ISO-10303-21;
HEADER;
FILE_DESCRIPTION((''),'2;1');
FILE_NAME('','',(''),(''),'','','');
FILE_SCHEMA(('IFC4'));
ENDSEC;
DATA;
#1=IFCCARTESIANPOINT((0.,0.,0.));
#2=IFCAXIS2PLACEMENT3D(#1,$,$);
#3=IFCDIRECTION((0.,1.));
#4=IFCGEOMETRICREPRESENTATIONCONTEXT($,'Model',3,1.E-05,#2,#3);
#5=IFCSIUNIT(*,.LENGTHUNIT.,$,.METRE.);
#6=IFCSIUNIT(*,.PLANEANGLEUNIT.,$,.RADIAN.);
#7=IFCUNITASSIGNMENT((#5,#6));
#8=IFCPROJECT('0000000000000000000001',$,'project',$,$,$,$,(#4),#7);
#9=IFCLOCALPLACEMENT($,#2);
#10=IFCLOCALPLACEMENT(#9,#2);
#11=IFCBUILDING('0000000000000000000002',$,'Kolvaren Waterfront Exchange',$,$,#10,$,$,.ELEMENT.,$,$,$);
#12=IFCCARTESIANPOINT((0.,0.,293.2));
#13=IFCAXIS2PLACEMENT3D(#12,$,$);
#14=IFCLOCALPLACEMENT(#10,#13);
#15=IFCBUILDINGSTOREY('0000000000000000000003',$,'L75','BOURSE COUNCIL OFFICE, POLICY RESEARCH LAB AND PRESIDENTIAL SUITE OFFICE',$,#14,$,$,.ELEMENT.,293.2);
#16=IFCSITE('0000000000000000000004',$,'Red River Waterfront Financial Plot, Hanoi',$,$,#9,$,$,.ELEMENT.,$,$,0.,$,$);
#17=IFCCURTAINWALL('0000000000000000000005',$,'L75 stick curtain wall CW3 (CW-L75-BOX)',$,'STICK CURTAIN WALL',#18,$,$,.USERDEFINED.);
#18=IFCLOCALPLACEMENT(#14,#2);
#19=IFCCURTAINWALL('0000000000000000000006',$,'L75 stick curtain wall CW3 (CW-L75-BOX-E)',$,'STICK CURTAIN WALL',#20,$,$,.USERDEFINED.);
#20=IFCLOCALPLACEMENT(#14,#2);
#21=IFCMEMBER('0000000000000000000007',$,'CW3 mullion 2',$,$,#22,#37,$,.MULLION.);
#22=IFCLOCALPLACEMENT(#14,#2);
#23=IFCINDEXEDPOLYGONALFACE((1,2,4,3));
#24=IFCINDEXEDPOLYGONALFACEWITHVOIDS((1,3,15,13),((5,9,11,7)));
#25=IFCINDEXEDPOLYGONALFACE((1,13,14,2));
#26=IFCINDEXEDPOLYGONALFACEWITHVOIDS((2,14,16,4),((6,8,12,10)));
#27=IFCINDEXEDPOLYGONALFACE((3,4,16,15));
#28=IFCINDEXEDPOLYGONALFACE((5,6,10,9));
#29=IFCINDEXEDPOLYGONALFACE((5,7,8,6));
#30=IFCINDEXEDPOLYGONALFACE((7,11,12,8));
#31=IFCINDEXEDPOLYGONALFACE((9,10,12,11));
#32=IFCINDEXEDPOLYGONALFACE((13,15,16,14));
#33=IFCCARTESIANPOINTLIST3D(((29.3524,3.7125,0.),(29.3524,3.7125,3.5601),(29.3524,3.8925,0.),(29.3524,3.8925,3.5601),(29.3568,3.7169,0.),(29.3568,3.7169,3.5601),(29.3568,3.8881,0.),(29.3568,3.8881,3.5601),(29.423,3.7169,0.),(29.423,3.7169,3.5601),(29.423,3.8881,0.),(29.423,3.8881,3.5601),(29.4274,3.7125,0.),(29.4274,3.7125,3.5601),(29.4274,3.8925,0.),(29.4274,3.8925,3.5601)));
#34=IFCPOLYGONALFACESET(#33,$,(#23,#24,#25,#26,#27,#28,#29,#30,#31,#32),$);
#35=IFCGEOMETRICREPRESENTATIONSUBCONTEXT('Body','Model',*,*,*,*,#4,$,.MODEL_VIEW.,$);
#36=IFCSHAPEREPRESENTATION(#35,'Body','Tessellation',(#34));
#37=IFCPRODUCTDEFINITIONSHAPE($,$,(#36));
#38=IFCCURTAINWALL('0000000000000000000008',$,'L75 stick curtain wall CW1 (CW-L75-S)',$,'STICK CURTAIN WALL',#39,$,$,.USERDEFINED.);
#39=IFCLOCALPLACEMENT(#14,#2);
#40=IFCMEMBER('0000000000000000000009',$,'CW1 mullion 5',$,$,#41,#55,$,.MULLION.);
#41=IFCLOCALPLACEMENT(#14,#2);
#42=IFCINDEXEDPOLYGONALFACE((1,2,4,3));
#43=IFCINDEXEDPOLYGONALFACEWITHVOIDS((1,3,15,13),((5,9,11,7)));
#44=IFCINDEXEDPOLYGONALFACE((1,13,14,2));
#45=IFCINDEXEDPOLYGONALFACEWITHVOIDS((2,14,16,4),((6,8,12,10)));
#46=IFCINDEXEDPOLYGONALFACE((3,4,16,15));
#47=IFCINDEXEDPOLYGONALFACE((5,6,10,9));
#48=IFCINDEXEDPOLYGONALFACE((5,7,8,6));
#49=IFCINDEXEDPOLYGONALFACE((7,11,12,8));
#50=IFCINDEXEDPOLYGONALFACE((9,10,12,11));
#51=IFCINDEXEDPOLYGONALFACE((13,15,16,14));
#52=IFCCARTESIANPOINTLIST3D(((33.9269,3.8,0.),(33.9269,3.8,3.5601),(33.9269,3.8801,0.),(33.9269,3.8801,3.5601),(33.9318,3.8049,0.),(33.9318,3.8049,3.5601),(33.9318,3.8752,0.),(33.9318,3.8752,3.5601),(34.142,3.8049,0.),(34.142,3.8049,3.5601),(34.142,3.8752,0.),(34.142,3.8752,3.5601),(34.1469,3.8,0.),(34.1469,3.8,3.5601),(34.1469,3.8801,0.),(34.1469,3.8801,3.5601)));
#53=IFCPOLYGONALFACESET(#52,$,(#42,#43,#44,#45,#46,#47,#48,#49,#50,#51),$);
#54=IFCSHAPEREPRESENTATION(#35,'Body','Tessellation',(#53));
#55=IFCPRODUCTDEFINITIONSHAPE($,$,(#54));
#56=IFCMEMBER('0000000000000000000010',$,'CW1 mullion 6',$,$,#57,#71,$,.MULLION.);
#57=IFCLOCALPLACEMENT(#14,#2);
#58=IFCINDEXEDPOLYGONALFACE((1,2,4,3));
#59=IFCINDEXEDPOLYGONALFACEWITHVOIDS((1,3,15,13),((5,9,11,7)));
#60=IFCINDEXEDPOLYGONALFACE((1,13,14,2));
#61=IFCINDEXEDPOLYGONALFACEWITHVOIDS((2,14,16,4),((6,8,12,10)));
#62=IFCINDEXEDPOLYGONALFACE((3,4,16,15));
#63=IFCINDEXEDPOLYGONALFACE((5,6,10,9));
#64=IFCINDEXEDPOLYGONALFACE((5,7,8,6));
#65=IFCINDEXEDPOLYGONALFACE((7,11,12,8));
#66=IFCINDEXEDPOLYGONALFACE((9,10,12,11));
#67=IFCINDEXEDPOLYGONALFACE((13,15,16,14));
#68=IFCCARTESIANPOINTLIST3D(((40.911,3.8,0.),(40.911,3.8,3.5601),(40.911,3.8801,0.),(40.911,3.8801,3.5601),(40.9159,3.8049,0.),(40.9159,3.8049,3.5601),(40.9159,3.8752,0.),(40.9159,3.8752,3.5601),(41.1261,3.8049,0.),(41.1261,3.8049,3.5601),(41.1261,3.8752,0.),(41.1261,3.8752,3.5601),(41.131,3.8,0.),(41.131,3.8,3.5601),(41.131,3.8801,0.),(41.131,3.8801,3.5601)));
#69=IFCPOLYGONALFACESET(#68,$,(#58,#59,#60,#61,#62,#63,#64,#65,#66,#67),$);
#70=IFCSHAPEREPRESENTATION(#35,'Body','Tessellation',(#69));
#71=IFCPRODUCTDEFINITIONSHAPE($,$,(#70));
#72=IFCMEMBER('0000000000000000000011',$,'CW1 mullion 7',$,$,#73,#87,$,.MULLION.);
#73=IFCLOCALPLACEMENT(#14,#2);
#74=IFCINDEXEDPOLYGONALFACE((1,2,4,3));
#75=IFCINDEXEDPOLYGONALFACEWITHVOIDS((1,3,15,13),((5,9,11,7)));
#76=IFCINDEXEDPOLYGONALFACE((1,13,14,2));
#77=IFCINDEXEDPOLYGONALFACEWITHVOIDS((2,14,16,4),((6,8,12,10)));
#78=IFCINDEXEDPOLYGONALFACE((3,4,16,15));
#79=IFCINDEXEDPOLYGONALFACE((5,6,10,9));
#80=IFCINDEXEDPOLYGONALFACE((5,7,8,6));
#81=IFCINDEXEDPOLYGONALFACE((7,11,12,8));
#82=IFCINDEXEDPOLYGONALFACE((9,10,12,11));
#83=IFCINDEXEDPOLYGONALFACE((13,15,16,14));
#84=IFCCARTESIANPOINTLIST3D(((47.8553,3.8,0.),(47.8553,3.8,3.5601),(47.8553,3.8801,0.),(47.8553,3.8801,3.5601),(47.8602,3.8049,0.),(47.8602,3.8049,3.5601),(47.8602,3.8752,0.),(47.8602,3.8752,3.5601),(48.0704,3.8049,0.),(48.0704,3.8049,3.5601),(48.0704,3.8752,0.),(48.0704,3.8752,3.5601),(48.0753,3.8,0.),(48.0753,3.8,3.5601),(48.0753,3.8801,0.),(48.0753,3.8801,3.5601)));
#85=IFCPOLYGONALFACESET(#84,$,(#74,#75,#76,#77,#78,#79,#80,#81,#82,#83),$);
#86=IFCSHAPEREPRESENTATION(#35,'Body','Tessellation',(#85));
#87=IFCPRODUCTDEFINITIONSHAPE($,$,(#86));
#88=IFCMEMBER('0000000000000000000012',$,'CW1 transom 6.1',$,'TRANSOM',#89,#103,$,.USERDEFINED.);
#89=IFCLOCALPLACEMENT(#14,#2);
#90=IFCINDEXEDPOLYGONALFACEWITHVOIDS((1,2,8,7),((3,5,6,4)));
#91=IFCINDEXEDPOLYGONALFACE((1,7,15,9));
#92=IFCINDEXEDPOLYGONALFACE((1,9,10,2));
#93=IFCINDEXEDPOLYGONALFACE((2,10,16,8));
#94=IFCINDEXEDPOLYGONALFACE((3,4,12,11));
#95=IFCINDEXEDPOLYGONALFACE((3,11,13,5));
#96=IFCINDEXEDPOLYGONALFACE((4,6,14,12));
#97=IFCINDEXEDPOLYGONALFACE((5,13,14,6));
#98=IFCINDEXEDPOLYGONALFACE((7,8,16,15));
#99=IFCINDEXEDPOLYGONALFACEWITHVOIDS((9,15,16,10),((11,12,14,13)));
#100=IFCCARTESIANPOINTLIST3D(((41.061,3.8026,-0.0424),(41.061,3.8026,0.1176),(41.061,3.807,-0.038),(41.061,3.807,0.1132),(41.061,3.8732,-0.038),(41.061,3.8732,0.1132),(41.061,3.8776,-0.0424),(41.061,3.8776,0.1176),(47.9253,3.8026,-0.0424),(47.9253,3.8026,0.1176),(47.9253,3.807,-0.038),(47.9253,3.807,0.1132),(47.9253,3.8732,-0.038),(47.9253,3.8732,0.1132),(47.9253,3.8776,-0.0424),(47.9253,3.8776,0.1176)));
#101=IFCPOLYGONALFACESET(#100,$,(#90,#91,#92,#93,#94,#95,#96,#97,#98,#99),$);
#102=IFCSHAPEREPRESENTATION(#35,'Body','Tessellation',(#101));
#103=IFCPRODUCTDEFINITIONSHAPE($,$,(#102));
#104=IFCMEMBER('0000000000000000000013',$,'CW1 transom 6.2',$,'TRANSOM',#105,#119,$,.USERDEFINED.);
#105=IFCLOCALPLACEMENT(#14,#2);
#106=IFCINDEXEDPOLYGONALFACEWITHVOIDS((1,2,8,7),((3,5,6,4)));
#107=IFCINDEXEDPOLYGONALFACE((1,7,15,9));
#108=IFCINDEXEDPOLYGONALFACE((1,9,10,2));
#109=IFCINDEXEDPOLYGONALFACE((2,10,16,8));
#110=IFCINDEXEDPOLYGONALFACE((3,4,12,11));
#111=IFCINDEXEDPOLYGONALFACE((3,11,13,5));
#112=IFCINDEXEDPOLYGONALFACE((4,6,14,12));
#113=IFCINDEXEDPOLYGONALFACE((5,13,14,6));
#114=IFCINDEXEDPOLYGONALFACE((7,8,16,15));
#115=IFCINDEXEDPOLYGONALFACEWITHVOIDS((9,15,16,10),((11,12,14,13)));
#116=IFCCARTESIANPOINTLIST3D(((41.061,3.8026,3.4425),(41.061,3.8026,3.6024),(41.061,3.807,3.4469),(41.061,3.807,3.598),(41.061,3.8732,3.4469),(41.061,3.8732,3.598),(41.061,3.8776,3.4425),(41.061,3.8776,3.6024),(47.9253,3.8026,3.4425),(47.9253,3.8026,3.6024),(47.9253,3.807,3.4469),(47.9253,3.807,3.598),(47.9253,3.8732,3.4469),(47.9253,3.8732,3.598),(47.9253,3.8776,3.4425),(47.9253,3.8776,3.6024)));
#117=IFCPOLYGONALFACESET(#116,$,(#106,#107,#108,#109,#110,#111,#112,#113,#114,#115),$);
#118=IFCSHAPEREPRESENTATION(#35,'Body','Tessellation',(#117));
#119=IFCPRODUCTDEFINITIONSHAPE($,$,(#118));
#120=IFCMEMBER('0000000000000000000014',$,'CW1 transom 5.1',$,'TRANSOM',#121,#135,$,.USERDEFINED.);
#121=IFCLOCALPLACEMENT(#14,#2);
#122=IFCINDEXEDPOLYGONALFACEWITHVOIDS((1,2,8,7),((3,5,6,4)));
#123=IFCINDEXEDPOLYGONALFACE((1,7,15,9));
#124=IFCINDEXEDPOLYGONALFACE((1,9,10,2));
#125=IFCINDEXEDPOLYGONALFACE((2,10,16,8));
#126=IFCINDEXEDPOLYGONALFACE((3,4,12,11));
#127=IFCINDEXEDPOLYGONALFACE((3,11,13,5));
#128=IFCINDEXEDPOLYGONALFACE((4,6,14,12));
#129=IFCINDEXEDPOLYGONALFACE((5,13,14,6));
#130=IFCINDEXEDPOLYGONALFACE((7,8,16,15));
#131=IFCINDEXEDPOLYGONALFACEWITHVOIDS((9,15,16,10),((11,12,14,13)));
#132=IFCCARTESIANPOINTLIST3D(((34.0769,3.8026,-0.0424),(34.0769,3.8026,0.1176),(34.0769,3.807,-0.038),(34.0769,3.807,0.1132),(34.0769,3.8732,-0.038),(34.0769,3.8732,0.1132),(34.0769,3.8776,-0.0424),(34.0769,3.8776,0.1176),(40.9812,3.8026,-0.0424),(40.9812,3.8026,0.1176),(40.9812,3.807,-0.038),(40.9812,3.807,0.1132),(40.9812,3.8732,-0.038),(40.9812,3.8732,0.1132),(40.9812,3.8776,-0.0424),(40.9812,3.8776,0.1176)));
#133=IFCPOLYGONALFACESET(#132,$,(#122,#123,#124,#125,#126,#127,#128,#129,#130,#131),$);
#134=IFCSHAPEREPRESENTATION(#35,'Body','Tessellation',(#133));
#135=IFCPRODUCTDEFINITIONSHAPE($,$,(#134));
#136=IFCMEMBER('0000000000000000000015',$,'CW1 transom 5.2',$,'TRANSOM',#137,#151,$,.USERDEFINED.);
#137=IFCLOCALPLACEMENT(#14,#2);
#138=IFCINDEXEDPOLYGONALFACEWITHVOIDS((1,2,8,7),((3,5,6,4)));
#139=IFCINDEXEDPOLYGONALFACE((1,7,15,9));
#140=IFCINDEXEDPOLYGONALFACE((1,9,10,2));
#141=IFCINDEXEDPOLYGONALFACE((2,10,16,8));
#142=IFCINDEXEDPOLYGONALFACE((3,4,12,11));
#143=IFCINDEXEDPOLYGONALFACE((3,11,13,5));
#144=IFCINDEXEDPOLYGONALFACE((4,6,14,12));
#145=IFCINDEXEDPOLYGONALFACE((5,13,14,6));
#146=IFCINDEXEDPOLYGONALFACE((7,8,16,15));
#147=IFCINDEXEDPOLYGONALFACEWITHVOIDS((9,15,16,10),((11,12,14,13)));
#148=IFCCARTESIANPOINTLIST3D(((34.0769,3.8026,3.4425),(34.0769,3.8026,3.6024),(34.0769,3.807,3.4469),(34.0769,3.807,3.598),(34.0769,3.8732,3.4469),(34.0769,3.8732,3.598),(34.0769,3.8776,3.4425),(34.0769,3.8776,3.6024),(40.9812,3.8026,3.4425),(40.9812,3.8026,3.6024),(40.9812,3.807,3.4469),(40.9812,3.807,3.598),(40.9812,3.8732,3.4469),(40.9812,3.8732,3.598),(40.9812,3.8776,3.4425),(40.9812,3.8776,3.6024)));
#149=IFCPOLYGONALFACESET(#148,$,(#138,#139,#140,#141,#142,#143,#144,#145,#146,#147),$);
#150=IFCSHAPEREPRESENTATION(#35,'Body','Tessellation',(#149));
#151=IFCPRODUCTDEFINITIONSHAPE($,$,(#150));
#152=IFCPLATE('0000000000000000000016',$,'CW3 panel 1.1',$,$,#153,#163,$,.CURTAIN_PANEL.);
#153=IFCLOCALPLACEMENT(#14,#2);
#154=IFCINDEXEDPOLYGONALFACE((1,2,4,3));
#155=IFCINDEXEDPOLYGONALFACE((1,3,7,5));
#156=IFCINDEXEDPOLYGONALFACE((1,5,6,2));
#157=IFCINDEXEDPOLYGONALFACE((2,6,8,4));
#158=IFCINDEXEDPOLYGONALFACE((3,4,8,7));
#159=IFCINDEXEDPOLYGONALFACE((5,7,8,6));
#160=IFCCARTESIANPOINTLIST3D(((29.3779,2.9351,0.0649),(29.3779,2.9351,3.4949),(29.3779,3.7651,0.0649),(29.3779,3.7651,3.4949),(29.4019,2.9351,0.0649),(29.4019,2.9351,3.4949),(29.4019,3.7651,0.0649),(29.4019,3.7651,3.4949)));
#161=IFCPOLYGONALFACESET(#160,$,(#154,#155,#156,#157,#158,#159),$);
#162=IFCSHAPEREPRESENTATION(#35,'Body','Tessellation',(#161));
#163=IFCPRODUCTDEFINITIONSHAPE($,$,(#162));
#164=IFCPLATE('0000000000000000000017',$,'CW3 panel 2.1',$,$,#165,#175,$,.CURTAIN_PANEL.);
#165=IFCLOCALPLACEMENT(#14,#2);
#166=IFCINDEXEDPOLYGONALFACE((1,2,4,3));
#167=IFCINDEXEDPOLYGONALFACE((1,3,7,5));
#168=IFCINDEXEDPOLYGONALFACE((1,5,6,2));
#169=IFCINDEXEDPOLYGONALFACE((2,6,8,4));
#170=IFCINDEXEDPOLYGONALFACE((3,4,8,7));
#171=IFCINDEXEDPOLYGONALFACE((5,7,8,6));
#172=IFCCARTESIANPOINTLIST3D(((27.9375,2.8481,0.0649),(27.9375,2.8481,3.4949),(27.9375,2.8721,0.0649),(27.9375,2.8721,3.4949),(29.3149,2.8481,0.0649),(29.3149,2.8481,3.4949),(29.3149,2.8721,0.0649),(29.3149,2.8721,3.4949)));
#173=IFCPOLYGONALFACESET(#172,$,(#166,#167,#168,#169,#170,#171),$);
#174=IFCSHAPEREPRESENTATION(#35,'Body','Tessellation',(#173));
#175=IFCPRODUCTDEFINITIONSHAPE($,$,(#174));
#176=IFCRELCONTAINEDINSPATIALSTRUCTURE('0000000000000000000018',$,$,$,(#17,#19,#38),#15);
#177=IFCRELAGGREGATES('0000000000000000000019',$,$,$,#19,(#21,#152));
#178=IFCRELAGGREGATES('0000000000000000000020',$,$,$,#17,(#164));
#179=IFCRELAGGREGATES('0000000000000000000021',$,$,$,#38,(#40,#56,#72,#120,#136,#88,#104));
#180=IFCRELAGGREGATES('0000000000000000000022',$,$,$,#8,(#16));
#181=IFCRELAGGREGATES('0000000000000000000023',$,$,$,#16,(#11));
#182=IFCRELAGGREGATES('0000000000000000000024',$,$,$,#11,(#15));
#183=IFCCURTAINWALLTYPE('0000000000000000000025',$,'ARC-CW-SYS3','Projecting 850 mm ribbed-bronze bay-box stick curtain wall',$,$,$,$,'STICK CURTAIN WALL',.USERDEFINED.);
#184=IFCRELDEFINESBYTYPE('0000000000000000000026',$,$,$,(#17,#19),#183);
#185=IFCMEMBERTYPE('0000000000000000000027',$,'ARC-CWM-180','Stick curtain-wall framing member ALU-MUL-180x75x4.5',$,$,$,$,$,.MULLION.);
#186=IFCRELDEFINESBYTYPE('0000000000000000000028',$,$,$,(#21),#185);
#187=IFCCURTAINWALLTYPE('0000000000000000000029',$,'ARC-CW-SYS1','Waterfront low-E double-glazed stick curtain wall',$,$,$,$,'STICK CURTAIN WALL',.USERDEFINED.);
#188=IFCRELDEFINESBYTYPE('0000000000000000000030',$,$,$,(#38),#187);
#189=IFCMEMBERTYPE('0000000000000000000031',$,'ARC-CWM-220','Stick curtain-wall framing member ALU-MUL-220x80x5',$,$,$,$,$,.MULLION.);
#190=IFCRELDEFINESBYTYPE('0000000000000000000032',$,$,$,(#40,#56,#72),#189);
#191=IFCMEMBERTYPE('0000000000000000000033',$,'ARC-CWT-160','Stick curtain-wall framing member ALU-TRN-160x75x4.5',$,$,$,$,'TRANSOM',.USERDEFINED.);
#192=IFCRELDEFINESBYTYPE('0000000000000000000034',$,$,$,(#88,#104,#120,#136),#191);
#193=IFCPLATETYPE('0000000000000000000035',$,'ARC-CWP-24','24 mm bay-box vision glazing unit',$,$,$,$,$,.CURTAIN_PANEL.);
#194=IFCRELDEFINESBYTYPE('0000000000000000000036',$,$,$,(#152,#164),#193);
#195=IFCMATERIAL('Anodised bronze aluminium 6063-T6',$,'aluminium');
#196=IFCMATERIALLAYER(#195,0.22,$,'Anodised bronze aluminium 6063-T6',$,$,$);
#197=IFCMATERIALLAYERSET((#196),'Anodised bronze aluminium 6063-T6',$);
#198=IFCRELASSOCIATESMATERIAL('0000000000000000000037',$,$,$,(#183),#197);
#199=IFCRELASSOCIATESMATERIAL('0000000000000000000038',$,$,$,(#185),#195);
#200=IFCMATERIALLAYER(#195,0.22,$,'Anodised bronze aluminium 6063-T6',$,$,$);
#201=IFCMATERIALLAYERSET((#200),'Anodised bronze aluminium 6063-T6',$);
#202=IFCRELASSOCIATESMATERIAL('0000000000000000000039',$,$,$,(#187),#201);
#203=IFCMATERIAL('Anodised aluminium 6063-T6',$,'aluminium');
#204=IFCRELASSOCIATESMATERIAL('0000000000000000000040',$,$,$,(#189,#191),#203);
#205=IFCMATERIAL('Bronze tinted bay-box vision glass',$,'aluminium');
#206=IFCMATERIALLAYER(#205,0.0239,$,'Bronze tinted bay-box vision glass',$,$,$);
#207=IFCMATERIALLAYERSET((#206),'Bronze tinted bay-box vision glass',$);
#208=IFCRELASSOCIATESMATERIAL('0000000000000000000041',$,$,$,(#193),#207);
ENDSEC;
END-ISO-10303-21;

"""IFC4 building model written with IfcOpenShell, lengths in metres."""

from ifc_helpers import new_model, si_unit, direction, frame, origin, origin_with_axes, origin_2d, place, context, subcontext, project, spatial, rectangle, hollow_rectangle, extrude, source, transform, mapped, material, layer, layer_set, material_profile, profile_set, type_object, element, aggregate, save


model = new_model("IFC4")

# Units and contexts
model_context = context("Model", 3, precision=1e-05, world=origin(), true_north=direction((0.0, 1.0)))
body_context = subcontext(model_context, "Body", "Model", "MODEL_VIEW")
ifc_project = project(units=[si_unit("LENGTHUNIT", "METRE"), si_unit("PLANEANGLEUNIT", "RADIAN")], contexts=[model_context])

# Site, building, storey
site_placement = place(None, origin())
site = spatial("IfcSite", under=ifc_project, at=site_placement, Name="Red River Waterfront Financial Plot, Hanoi", CompositionType="ELEMENT", RefElevation=0.0)
building_placement = place(site_placement, origin())
building = spatial("IfcBuilding", under=site, at=building_placement, Name="Kolvaren Waterfront Exchange", CompositionType="ELEMENT")
storey_placement = place(building_placement, frame((0.0, 0.0, 293.2)))
storey = spatial("IfcBuildingStorey", under=building, at=storey_placement, Name="L75", Description="BOURSE COUNCIL OFFICE, POLICY RESEARCH LAB AND PRESIDENTIAL SUITE OFFICE", CompositionType="ELEMENT", Elevation=293.2)

# Curtain walls
ifc_material_1 = material(Name="Anodised bronze aluminium 6063-T6", Category="aluminium")
ifc_layer_1 = layer(ifc_material_1, 0.22, Name="Anodised bronze aluminium 6063-T6")
ifc_layer_set_1 = layer_set([ifc_layer_1], Name="Anodised bronze aluminium 6063-T6")
curtain_wall_type_1 = type_object("IfcCurtainWallType", Name="ARC-CW-SYS3", Description="Projecting 850 mm ribbed-bronze bay-box stick curtain wall", ElementType="STICK CURTAIN WALL", PredefinedType="USERDEFINED", material=ifc_layer_set_1)
curtain_wall_1_placement = place(storey_placement, origin())
curtain_wall_1 = element("IfcCurtainWall", 1, at=curtain_wall_1_placement, inside=storey, type_object=curtain_wall_type_1, Name="L75 stick curtain wall CW3 (CW-L75-BOX)", ObjectType="STICK CURTAIN WALL", PredefinedType="USERDEFINED")
curtain_wall_2_placement = place(storey_placement, origin())
curtain_wall_2 = element("IfcCurtainWall", 2, at=curtain_wall_2_placement, inside=storey, type_object=curtain_wall_type_1, Name="L75 stick curtain wall CW3 (CW-L75-BOX-E)", ObjectType="STICK CURTAIN WALL", PredefinedType="USERDEFINED")

# Member
ifc_material_profile_1 = material_profile(ifc_material_1, hollow_rectangle(XDim=0.075, YDim=0.1799, WallThickness=0.0044, at=origin_2d()), Name="ALU-MUL-180x75x4.5")
ifc_profile_set_1 = profile_set([ifc_material_profile_1], Name="Anodised bronze aluminium 6063-T6")
member_type_1 = type_object("IfcMemberType", Name="ARC-CWM-180", Description="Stick curtain-wall framing member ALU-MUL-180x75x4.5", PredefinedType="MULLION", material=ifc_profile_set_1)
shared_shape_1 = source(origin_with_axes(), body_context, "Body", "SweptSolid", [
    extrude(hollow_rectangle(XDim=0.075, YDim=0.1799, WallThickness=0.0044, at=origin_2d()), origin(), (0.0, 0.0, 1.0), 3.5601),
])
member_1_placement = place(storey_placement, frame((29.3899, 3.8025, 0.0), z_axis=(0.0, 0.0, 1.0), x_axis=(-1.0, 0.0, 0.0)))
member_1 = element("IfcMember", 3, at=member_1_placement, type_object=member_type_1, Name="CW3 mullion 2", PredefinedType="MULLION", context=body_context, shape_type="MappedRepresentation", body=[
    mapped(shared_shape_1, transform((0.0, 0.0, 0.0), x_axis=(1.0, 0.0, 0.0), y_axis=(0.0, 1.0, 0.0), z_axis=(0.0, 0.0, 1.0), scale=1.0)),
])

# Curtain wall, members
ifc_layer_2 = layer(ifc_material_1, 0.22, Name="Anodised bronze aluminium 6063-T6")
ifc_layer_set_2 = layer_set([ifc_layer_2], Name="Anodised bronze aluminium 6063-T6")
curtain_wall_type_2 = type_object("IfcCurtainWallType", Name="ARC-CW-SYS1", Description="Waterfront low-E double-glazed stick curtain wall", ElementType="STICK CURTAIN WALL", PredefinedType="USERDEFINED", material=ifc_layer_set_2)
curtain_wall_3_placement = place(storey_placement, origin())
curtain_wall_3 = element("IfcCurtainWall", 4, at=curtain_wall_3_placement, inside=storey, type_object=curtain_wall_type_2, Name="L75 stick curtain wall CW1 (CW-L75-S)", ObjectType="STICK CURTAIN WALL", PredefinedType="USERDEFINED")
ifc_material_2 = material(Name="Anodised aluminium 6063-T6", Category="aluminium")
ifc_material_profile_2 = material_profile(ifc_material_2, hollow_rectangle(XDim=0.0801, YDim=0.22, WallThickness=0.0049, at=origin_2d()), Name="ALU-MUL-220x80x5")
ifc_profile_set_2 = profile_set([ifc_material_profile_2], Name="Anodised aluminium 6063-T6")
member_type_2 = type_object("IfcMemberType", Name="ARC-CWM-220", Description="Stick curtain-wall framing member ALU-MUL-220x80x5", PredefinedType="MULLION", material=ifc_profile_set_2)
shared_shape_2 = source(origin_with_axes(), body_context, "Body", "SweptSolid", [
    extrude(hollow_rectangle(XDim=0.0801, YDim=0.22, WallThickness=0.0049, at=origin_2d()), origin(), (0.0, 0.0, 1.0), 3.5601),
])
member_2_placement = place(storey_placement, frame((34.0369, 3.8401, 0.0), z_axis=(0.0, 0.0, 1.0), x_axis=(0.0, 1.0, 0.0)))
member_2 = element("IfcMember", 5, at=member_2_placement, type_object=member_type_2, Name="CW1 mullion 5", PredefinedType="MULLION", context=body_context, shape_type="MappedRepresentation", body=[
    mapped(shared_shape_2, transform((0.0, 0.0, 0.0), x_axis=(1.0, 0.0, 0.0), y_axis=(0.0, 1.0, 0.0), z_axis=(0.0, 0.0, 1.0), scale=1.0)),
])
member_3_placement = place(storey_placement, frame((41.021, 3.8401, 0.0), z_axis=(0.0, 0.0, 1.0), x_axis=(0.0, 1.0, 0.0)))
member_3 = element("IfcMember", 6, at=member_3_placement, type_object=member_type_2, Name="CW1 mullion 6", PredefinedType="MULLION", context=body_context, shape_type="MappedRepresentation", body=[
    mapped(shared_shape_2, transform((0.0, 0.0, 0.0), x_axis=(1.0, 0.0, 0.0), y_axis=(0.0, 1.0, 0.0), z_axis=(0.0, 0.0, 1.0), scale=1.0)),
])
member_4_placement = place(storey_placement, frame((47.9653, 3.8401, 0.0), z_axis=(0.0, 0.0, 1.0), x_axis=(0.0, 1.0, 0.0)))
member_4 = element("IfcMember", 7, at=member_4_placement, type_object=member_type_2, Name="CW1 mullion 7", PredefinedType="MULLION", context=body_context, shape_type="MappedRepresentation", body=[
    mapped(shared_shape_2, transform((0.0, 0.0, 0.0), x_axis=(1.0, 0.0, 0.0), y_axis=(0.0, 1.0, 0.0), z_axis=(0.0, 0.0, 1.0), scale=1.0)),
])
ifc_material_profile_3 = material_profile(ifc_material_2, hollow_rectangle(XDim=0.075, YDim=0.1599, WallThickness=0.0044, at=origin_2d()), Name="ALU-TRN-160x75x4.5")
ifc_profile_set_3 = profile_set([ifc_material_profile_3], Name="Anodised aluminium 6063-T6")
member_type_3 = type_object("IfcMemberType", Name="ARC-CWT-160", Description="Stick curtain-wall framing member ALU-TRN-160x75x4.5", ElementType="TRANSOM", PredefinedType="USERDEFINED", material=ifc_profile_set_3)
shared_shape_3 = source(origin_with_axes(), body_context, "Body", "SweptSolid", [
    extrude(hollow_rectangle(XDim=0.075, YDim=0.1599, WallThickness=0.0044, at=origin_2d()), origin(), (0.0, 0.0, 1.0), 6.8643),
])
member_5_placement = place(storey_placement, frame((41.061, 3.8401, 0.0376), z_axis=(1.0, 0.0, 0.0), x_axis=(0.0, 1.0, 0.0)))
member_5 = element("IfcMember", 8, at=member_5_placement, type_object=member_type_3, Name="CW1 transom 6.1", ObjectType="TRANSOM", PredefinedType="USERDEFINED", context=body_context, shape_type="MappedRepresentation", body=[
    mapped(shared_shape_3, transform((0.0, 0.0, 0.0), x_axis=(1.0, 0.0, 0.0), y_axis=(0.0, 1.0, 0.0), z_axis=(0.0, 0.0, 1.0), scale=1.0)),
])
member_6_placement = place(storey_placement, frame((41.061, 3.8401, 3.5225), z_axis=(1.0, 0.0, 0.0), x_axis=(0.0, 1.0, 0.0)))
member_6 = element("IfcMember", 9, at=member_6_placement, type_object=member_type_3, Name="CW1 transom 6.2", ObjectType="TRANSOM", PredefinedType="USERDEFINED", context=body_context, shape_type="MappedRepresentation", body=[
    mapped(shared_shape_3, transform((0.0, 0.0, 0.0), x_axis=(1.0, 0.0, 0.0), y_axis=(0.0, 1.0, 0.0), z_axis=(0.0, 0.0, 1.0), scale=1.0)),
])
shared_shape_4 = source(origin_with_axes(), body_context, "Body", "SweptSolid", [
    extrude(hollow_rectangle(XDim=0.075, YDim=0.1599, WallThickness=0.0044, at=origin_2d()), origin(), (0.0, 0.0, 1.0), 6.9043),
])
member_7_placement = place(storey_placement, frame((34.0769, 3.8401, 0.0376), z_axis=(1.0, 0.0, 0.0), x_axis=(0.0, 1.0, 0.0)))
member_7 = element("IfcMember", 10, at=member_7_placement, type_object=member_type_3, Name="CW1 transom 5.1", ObjectType="TRANSOM", PredefinedType="USERDEFINED", context=body_context, shape_type="MappedRepresentation", body=[
    mapped(shared_shape_4, transform((0.0, 0.0, 0.0), x_axis=(1.0, 0.0, 0.0), y_axis=(0.0, 1.0, 0.0), z_axis=(0.0, 0.0, 1.0), scale=1.0)),
])
member_8_placement = place(storey_placement, frame((34.0769, 3.8401, 3.5225), z_axis=(1.0, 0.0, 0.0), x_axis=(0.0, 1.0, 0.0)))
member_8 = element("IfcMember", 11, at=member_8_placement, type_object=member_type_3, Name="CW1 transom 5.2", ObjectType="TRANSOM", PredefinedType="USERDEFINED", context=body_context, shape_type="MappedRepresentation", body=[
    mapped(shared_shape_4, transform((0.0, 0.0, 0.0), x_axis=(1.0, 0.0, 0.0), y_axis=(0.0, 1.0, 0.0), z_axis=(0.0, 0.0, 1.0), scale=1.0)),
])

# Plates
ifc_material_3 = material(Name="Bronze tinted bay-box vision glass", Category="aluminium")
ifc_layer_3 = layer(ifc_material_3, 0.0239, Name="Bronze tinted bay-box vision glass")
ifc_layer_set_3 = layer_set([ifc_layer_3], Name="Bronze tinted bay-box vision glass")
plate_type_1 = type_object("IfcPlateType", Name="ARC-CWP-24", Description="24 mm bay-box vision glazing unit", PredefinedType="CURTAIN_PANEL", material=ifc_layer_set_3)
shared_shape_5 = source(origin_with_axes(), body_context, "Body", "SweptSolid", [
    extrude(rectangle(XDim=0.8301, YDim=0.0239, at=origin_2d()), origin(), (0.0, 0.0, 1.0), 3.4299),
])
plate_1_placement = place(storey_placement, frame((29.3899, 3.3501, 0.0649), z_axis=(0.0, 0.0, 1.0), x_axis=(0.0, 1.0, 0.0)))
plate_1 = element("IfcPlate", 12, at=plate_1_placement, type_object=plate_type_1, Name="CW3 panel 1.1", PredefinedType="CURTAIN_PANEL", context=body_context, shape_type="MappedRepresentation", body=[
    mapped(shared_shape_5, transform((0.0, 0.0, 0.0), x_axis=(1.0, 0.0, 0.0), y_axis=(0.0, 1.0, 0.0), z_axis=(0.0, 0.0, 1.0), scale=1.0)),
])
aggregate(curtain_wall_2, [member_1, plate_1])
shared_shape_6 = source(origin_with_axes(), body_context, "Body", "SweptSolid", [
    extrude(rectangle(XDim=1.3774, YDim=0.0239, at=origin_2d()), origin(), (0.0, 0.0, 1.0), 3.4299),
])
plate_2_placement = place(storey_placement, frame((28.6262, 2.8601, 0.0649), z_axis=(0.0, 0.0, 1.0), x_axis=(1.0, 0.0, 0.0)))
plate_2 = element("IfcPlate", 13, at=plate_2_placement, type_object=plate_type_1, Name="CW3 panel 2.1", PredefinedType="CURTAIN_PANEL", context=body_context, shape_type="MappedRepresentation", body=[
    mapped(shared_shape_6, transform((0.0, 0.0, 0.0), x_axis=(1.0, 0.0, 0.0), y_axis=(0.0, 1.0, 0.0), z_axis=(0.0, 0.0, 1.0), scale=1.0)),
])
aggregate(curtain_wall_1, [plate_2])
aggregate(curtain_wall_3, [member_2, member_3, member_4, member_7, member_8, member_5, member_6])

save(model, "model.ifc")
